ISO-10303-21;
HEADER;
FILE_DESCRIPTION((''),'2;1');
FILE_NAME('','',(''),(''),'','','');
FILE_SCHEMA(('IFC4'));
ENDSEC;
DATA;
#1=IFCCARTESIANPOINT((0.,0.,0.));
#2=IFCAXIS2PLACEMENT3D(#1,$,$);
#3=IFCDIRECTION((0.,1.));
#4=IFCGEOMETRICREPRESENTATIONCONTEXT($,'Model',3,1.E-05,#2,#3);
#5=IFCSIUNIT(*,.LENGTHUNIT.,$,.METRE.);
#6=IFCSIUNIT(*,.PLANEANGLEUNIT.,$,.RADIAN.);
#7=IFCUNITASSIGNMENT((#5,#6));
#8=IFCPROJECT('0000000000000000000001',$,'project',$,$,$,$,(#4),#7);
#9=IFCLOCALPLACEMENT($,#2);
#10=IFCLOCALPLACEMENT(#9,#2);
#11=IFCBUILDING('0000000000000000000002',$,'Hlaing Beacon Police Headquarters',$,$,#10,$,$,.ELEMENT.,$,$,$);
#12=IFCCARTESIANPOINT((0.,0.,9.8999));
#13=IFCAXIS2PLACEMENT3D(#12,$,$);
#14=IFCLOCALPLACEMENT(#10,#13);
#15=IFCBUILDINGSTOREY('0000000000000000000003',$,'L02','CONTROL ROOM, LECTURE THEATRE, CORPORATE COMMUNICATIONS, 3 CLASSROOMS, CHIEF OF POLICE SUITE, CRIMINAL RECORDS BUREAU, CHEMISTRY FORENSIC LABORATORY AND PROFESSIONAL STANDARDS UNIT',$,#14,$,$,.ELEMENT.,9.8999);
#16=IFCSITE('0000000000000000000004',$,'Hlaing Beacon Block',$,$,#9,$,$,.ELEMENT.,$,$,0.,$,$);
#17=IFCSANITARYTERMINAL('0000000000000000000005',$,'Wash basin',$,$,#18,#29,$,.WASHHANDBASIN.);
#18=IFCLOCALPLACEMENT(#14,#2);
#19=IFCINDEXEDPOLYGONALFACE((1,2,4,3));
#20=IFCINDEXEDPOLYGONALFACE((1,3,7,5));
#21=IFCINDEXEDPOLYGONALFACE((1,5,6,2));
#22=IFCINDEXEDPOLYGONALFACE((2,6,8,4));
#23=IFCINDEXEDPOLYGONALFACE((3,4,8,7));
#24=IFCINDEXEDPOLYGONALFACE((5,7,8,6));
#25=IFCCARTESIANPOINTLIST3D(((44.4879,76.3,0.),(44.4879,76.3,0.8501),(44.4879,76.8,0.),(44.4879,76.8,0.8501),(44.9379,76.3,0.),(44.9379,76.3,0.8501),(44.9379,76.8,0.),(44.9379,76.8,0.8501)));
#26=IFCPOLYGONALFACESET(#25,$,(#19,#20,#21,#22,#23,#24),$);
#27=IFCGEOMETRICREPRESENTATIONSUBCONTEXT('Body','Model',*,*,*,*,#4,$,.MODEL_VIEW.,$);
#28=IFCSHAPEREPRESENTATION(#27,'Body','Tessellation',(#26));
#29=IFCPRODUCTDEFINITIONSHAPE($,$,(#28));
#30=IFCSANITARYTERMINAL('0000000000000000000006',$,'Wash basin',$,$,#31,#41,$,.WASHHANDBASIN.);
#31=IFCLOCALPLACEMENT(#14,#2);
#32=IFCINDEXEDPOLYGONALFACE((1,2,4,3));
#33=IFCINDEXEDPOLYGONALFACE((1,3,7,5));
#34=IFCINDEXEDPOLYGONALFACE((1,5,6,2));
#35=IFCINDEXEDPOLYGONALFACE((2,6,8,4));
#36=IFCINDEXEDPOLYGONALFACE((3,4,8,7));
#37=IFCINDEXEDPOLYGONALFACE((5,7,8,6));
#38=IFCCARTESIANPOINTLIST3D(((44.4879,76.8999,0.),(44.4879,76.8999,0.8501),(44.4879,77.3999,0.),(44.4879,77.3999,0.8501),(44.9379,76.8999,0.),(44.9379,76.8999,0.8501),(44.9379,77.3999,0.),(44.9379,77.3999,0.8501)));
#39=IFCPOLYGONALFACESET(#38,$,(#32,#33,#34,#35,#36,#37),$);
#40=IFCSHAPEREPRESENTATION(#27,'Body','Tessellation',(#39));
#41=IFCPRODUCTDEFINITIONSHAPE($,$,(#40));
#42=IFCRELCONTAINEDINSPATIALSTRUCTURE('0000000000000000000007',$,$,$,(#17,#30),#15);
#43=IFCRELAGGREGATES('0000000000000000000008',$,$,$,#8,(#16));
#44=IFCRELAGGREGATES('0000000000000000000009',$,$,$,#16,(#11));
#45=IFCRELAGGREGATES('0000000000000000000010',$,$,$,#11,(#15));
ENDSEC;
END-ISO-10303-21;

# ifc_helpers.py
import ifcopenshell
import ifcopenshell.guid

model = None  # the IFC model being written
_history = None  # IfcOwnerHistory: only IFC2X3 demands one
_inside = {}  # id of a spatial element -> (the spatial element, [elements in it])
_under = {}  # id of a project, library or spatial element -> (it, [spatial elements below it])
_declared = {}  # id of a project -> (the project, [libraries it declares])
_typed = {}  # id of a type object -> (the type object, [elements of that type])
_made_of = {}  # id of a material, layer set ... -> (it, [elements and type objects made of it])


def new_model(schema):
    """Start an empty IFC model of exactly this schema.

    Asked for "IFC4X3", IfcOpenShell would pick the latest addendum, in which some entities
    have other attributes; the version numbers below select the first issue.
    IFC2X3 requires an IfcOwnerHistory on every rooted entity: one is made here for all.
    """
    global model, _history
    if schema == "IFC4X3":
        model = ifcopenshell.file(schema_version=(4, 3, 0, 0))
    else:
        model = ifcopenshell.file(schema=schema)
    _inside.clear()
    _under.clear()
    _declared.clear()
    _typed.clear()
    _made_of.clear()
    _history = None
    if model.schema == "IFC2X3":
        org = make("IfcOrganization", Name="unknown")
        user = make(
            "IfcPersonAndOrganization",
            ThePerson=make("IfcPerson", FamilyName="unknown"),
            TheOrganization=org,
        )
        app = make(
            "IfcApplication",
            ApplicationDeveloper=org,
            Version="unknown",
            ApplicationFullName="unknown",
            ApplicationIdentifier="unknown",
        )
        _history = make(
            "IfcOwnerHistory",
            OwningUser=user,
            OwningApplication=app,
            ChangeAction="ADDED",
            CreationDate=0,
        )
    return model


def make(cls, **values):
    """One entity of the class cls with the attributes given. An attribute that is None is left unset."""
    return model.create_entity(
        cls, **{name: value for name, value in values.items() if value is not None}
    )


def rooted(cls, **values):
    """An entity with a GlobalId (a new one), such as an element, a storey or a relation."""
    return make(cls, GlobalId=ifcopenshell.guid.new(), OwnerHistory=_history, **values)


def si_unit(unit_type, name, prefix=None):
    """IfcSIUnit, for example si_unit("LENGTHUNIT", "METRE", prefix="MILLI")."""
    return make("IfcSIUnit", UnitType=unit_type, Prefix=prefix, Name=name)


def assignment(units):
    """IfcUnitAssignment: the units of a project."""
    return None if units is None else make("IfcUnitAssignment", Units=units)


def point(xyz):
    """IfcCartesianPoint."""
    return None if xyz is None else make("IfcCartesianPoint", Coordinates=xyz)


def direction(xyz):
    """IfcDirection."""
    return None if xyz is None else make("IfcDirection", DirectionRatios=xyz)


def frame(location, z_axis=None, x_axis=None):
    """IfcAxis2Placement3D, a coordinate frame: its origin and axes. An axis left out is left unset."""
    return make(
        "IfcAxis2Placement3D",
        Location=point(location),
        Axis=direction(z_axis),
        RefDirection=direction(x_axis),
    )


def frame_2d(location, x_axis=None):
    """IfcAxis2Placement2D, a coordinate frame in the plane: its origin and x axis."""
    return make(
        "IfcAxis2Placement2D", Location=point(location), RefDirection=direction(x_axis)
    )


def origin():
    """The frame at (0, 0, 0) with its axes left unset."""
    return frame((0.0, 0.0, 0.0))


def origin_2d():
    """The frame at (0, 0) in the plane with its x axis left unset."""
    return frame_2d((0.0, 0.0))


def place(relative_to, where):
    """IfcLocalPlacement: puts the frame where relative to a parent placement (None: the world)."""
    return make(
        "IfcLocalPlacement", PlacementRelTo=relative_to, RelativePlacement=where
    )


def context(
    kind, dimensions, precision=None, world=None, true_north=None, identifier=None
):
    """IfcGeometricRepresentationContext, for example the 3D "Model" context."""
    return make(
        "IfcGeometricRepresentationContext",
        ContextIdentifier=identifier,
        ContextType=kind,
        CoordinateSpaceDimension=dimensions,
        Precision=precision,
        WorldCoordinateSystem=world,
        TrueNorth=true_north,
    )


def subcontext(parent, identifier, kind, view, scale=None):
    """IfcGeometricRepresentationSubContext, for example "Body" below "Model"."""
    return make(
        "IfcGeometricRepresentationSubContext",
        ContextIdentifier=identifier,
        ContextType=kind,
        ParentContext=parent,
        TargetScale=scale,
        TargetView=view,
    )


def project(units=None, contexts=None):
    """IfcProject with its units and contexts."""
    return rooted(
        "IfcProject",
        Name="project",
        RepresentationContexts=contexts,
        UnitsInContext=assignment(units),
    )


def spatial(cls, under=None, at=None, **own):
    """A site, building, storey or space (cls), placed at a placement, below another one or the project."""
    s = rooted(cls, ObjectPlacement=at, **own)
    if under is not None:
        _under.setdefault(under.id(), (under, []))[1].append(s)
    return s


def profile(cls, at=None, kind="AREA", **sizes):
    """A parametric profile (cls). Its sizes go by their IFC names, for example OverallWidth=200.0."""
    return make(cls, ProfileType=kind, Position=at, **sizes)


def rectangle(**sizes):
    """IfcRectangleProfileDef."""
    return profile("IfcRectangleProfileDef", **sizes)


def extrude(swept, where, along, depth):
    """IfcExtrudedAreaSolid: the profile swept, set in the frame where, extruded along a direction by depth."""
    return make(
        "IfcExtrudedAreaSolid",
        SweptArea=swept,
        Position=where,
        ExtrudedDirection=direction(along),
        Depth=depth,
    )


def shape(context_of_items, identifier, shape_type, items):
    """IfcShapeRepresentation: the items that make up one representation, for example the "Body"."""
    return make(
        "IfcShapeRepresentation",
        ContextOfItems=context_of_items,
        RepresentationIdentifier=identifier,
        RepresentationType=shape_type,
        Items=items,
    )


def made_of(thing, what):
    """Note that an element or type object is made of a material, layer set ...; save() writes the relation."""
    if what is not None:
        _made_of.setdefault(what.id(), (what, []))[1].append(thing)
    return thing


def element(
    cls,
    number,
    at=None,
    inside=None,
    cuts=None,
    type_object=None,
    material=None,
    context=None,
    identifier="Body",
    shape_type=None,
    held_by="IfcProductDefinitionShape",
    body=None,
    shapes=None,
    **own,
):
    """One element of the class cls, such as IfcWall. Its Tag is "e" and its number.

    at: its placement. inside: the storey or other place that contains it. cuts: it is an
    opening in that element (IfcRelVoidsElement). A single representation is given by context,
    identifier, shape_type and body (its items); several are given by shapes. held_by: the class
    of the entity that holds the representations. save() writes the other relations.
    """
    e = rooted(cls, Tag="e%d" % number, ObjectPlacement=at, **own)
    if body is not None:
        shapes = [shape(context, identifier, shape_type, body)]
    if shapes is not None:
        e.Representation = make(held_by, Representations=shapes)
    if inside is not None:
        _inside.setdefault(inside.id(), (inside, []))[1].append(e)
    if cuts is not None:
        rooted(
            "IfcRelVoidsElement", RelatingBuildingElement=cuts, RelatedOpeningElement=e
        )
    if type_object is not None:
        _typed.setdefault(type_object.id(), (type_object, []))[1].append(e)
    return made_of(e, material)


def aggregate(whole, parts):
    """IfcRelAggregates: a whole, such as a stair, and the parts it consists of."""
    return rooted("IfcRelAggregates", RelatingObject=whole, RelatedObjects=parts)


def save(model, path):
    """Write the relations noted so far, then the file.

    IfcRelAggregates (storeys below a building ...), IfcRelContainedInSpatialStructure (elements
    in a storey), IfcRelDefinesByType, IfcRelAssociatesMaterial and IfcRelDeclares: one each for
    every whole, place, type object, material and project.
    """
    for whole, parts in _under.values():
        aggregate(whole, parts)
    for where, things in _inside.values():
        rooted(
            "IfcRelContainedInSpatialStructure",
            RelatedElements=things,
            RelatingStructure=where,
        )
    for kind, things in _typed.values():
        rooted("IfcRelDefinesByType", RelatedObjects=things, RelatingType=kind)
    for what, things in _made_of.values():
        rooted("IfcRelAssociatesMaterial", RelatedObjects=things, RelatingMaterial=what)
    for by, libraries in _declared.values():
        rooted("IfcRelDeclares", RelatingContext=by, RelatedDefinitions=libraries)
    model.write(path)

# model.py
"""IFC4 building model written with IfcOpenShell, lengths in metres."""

from ifc_helpers import new_model, si_unit, direction, frame, origin, origin_2d, place, context, subcontext, project, spatial, rectangle, extrude, element, save


model = new_model("IFC4")

# Units and contexts
model_context = context("Model", 3, precision=1e-05, world=origin(), true_north=direction((0.0, 1.0)))
body_context = subcontext(model_context, "Body", "Model", "MODEL_VIEW")
ifc_project = project(units=[si_unit("LENGTHUNIT", "METRE"), si_unit("PLANEANGLEUNIT", "RADIAN")], contexts=[model_context])

# Site, building, storey
site_placement = place(None, origin())
site = spatial("IfcSite", under=ifc_project, at=site_placement, Name="Hlaing Beacon Block", CompositionType="ELEMENT", RefElevation=0.0)
building_placement = place(site_placement, origin())
building = spatial("IfcBuilding", under=site, at=building_placement, Name="Hlaing Beacon Police Headquarters", CompositionType="ELEMENT")
storey_placement = place(building_placement, frame((0.0, 0.0, 9.8999)))
storey = spatial("IfcBuildingStorey", under=building, at=storey_placement, Name="L02", Description="CONTROL ROOM, LECTURE THEATRE, CORPORATE COMMUNICATIONS, 3 CLASSROOMS, CHIEF OF POLICE SUITE, CRIMINAL RECORDS BUREAU, CHEMISTRY FORENSIC LABORATORY AND PROFESSIONAL STANDARDS UNIT", CompositionType="ELEMENT", Elevation=9.8999)

# Sanitary terminals
for number, where, z_axis, x_axis, name in (
    (1, (44.7129, 76.55, 0.0), (0.0, 0.0, 1.0), (1.0, 0.0, 0.0), "Wash basin"),
    (2, (44.7129, 77.1499, 0.0), (0.0, 0.0, 1.0), (1.0, 0.0, 0.0), "Wash basin"),
):
    element("IfcSanitaryTerminal", number, at=place(storey_placement, frame(where, z_axis=z_axis, x_axis=x_axis)), inside=storey, Name=name, PredefinedType="WASHHANDBASIN", context=body_context, shape_type="SweptSolid", body=[
        extrude(rectangle(XDim=0.45, YDim=0.5, at=origin_2d()), origin(), (0.0, 0.0, 1.0), 0.8501),
    ])

save(model, "model.ifc")
